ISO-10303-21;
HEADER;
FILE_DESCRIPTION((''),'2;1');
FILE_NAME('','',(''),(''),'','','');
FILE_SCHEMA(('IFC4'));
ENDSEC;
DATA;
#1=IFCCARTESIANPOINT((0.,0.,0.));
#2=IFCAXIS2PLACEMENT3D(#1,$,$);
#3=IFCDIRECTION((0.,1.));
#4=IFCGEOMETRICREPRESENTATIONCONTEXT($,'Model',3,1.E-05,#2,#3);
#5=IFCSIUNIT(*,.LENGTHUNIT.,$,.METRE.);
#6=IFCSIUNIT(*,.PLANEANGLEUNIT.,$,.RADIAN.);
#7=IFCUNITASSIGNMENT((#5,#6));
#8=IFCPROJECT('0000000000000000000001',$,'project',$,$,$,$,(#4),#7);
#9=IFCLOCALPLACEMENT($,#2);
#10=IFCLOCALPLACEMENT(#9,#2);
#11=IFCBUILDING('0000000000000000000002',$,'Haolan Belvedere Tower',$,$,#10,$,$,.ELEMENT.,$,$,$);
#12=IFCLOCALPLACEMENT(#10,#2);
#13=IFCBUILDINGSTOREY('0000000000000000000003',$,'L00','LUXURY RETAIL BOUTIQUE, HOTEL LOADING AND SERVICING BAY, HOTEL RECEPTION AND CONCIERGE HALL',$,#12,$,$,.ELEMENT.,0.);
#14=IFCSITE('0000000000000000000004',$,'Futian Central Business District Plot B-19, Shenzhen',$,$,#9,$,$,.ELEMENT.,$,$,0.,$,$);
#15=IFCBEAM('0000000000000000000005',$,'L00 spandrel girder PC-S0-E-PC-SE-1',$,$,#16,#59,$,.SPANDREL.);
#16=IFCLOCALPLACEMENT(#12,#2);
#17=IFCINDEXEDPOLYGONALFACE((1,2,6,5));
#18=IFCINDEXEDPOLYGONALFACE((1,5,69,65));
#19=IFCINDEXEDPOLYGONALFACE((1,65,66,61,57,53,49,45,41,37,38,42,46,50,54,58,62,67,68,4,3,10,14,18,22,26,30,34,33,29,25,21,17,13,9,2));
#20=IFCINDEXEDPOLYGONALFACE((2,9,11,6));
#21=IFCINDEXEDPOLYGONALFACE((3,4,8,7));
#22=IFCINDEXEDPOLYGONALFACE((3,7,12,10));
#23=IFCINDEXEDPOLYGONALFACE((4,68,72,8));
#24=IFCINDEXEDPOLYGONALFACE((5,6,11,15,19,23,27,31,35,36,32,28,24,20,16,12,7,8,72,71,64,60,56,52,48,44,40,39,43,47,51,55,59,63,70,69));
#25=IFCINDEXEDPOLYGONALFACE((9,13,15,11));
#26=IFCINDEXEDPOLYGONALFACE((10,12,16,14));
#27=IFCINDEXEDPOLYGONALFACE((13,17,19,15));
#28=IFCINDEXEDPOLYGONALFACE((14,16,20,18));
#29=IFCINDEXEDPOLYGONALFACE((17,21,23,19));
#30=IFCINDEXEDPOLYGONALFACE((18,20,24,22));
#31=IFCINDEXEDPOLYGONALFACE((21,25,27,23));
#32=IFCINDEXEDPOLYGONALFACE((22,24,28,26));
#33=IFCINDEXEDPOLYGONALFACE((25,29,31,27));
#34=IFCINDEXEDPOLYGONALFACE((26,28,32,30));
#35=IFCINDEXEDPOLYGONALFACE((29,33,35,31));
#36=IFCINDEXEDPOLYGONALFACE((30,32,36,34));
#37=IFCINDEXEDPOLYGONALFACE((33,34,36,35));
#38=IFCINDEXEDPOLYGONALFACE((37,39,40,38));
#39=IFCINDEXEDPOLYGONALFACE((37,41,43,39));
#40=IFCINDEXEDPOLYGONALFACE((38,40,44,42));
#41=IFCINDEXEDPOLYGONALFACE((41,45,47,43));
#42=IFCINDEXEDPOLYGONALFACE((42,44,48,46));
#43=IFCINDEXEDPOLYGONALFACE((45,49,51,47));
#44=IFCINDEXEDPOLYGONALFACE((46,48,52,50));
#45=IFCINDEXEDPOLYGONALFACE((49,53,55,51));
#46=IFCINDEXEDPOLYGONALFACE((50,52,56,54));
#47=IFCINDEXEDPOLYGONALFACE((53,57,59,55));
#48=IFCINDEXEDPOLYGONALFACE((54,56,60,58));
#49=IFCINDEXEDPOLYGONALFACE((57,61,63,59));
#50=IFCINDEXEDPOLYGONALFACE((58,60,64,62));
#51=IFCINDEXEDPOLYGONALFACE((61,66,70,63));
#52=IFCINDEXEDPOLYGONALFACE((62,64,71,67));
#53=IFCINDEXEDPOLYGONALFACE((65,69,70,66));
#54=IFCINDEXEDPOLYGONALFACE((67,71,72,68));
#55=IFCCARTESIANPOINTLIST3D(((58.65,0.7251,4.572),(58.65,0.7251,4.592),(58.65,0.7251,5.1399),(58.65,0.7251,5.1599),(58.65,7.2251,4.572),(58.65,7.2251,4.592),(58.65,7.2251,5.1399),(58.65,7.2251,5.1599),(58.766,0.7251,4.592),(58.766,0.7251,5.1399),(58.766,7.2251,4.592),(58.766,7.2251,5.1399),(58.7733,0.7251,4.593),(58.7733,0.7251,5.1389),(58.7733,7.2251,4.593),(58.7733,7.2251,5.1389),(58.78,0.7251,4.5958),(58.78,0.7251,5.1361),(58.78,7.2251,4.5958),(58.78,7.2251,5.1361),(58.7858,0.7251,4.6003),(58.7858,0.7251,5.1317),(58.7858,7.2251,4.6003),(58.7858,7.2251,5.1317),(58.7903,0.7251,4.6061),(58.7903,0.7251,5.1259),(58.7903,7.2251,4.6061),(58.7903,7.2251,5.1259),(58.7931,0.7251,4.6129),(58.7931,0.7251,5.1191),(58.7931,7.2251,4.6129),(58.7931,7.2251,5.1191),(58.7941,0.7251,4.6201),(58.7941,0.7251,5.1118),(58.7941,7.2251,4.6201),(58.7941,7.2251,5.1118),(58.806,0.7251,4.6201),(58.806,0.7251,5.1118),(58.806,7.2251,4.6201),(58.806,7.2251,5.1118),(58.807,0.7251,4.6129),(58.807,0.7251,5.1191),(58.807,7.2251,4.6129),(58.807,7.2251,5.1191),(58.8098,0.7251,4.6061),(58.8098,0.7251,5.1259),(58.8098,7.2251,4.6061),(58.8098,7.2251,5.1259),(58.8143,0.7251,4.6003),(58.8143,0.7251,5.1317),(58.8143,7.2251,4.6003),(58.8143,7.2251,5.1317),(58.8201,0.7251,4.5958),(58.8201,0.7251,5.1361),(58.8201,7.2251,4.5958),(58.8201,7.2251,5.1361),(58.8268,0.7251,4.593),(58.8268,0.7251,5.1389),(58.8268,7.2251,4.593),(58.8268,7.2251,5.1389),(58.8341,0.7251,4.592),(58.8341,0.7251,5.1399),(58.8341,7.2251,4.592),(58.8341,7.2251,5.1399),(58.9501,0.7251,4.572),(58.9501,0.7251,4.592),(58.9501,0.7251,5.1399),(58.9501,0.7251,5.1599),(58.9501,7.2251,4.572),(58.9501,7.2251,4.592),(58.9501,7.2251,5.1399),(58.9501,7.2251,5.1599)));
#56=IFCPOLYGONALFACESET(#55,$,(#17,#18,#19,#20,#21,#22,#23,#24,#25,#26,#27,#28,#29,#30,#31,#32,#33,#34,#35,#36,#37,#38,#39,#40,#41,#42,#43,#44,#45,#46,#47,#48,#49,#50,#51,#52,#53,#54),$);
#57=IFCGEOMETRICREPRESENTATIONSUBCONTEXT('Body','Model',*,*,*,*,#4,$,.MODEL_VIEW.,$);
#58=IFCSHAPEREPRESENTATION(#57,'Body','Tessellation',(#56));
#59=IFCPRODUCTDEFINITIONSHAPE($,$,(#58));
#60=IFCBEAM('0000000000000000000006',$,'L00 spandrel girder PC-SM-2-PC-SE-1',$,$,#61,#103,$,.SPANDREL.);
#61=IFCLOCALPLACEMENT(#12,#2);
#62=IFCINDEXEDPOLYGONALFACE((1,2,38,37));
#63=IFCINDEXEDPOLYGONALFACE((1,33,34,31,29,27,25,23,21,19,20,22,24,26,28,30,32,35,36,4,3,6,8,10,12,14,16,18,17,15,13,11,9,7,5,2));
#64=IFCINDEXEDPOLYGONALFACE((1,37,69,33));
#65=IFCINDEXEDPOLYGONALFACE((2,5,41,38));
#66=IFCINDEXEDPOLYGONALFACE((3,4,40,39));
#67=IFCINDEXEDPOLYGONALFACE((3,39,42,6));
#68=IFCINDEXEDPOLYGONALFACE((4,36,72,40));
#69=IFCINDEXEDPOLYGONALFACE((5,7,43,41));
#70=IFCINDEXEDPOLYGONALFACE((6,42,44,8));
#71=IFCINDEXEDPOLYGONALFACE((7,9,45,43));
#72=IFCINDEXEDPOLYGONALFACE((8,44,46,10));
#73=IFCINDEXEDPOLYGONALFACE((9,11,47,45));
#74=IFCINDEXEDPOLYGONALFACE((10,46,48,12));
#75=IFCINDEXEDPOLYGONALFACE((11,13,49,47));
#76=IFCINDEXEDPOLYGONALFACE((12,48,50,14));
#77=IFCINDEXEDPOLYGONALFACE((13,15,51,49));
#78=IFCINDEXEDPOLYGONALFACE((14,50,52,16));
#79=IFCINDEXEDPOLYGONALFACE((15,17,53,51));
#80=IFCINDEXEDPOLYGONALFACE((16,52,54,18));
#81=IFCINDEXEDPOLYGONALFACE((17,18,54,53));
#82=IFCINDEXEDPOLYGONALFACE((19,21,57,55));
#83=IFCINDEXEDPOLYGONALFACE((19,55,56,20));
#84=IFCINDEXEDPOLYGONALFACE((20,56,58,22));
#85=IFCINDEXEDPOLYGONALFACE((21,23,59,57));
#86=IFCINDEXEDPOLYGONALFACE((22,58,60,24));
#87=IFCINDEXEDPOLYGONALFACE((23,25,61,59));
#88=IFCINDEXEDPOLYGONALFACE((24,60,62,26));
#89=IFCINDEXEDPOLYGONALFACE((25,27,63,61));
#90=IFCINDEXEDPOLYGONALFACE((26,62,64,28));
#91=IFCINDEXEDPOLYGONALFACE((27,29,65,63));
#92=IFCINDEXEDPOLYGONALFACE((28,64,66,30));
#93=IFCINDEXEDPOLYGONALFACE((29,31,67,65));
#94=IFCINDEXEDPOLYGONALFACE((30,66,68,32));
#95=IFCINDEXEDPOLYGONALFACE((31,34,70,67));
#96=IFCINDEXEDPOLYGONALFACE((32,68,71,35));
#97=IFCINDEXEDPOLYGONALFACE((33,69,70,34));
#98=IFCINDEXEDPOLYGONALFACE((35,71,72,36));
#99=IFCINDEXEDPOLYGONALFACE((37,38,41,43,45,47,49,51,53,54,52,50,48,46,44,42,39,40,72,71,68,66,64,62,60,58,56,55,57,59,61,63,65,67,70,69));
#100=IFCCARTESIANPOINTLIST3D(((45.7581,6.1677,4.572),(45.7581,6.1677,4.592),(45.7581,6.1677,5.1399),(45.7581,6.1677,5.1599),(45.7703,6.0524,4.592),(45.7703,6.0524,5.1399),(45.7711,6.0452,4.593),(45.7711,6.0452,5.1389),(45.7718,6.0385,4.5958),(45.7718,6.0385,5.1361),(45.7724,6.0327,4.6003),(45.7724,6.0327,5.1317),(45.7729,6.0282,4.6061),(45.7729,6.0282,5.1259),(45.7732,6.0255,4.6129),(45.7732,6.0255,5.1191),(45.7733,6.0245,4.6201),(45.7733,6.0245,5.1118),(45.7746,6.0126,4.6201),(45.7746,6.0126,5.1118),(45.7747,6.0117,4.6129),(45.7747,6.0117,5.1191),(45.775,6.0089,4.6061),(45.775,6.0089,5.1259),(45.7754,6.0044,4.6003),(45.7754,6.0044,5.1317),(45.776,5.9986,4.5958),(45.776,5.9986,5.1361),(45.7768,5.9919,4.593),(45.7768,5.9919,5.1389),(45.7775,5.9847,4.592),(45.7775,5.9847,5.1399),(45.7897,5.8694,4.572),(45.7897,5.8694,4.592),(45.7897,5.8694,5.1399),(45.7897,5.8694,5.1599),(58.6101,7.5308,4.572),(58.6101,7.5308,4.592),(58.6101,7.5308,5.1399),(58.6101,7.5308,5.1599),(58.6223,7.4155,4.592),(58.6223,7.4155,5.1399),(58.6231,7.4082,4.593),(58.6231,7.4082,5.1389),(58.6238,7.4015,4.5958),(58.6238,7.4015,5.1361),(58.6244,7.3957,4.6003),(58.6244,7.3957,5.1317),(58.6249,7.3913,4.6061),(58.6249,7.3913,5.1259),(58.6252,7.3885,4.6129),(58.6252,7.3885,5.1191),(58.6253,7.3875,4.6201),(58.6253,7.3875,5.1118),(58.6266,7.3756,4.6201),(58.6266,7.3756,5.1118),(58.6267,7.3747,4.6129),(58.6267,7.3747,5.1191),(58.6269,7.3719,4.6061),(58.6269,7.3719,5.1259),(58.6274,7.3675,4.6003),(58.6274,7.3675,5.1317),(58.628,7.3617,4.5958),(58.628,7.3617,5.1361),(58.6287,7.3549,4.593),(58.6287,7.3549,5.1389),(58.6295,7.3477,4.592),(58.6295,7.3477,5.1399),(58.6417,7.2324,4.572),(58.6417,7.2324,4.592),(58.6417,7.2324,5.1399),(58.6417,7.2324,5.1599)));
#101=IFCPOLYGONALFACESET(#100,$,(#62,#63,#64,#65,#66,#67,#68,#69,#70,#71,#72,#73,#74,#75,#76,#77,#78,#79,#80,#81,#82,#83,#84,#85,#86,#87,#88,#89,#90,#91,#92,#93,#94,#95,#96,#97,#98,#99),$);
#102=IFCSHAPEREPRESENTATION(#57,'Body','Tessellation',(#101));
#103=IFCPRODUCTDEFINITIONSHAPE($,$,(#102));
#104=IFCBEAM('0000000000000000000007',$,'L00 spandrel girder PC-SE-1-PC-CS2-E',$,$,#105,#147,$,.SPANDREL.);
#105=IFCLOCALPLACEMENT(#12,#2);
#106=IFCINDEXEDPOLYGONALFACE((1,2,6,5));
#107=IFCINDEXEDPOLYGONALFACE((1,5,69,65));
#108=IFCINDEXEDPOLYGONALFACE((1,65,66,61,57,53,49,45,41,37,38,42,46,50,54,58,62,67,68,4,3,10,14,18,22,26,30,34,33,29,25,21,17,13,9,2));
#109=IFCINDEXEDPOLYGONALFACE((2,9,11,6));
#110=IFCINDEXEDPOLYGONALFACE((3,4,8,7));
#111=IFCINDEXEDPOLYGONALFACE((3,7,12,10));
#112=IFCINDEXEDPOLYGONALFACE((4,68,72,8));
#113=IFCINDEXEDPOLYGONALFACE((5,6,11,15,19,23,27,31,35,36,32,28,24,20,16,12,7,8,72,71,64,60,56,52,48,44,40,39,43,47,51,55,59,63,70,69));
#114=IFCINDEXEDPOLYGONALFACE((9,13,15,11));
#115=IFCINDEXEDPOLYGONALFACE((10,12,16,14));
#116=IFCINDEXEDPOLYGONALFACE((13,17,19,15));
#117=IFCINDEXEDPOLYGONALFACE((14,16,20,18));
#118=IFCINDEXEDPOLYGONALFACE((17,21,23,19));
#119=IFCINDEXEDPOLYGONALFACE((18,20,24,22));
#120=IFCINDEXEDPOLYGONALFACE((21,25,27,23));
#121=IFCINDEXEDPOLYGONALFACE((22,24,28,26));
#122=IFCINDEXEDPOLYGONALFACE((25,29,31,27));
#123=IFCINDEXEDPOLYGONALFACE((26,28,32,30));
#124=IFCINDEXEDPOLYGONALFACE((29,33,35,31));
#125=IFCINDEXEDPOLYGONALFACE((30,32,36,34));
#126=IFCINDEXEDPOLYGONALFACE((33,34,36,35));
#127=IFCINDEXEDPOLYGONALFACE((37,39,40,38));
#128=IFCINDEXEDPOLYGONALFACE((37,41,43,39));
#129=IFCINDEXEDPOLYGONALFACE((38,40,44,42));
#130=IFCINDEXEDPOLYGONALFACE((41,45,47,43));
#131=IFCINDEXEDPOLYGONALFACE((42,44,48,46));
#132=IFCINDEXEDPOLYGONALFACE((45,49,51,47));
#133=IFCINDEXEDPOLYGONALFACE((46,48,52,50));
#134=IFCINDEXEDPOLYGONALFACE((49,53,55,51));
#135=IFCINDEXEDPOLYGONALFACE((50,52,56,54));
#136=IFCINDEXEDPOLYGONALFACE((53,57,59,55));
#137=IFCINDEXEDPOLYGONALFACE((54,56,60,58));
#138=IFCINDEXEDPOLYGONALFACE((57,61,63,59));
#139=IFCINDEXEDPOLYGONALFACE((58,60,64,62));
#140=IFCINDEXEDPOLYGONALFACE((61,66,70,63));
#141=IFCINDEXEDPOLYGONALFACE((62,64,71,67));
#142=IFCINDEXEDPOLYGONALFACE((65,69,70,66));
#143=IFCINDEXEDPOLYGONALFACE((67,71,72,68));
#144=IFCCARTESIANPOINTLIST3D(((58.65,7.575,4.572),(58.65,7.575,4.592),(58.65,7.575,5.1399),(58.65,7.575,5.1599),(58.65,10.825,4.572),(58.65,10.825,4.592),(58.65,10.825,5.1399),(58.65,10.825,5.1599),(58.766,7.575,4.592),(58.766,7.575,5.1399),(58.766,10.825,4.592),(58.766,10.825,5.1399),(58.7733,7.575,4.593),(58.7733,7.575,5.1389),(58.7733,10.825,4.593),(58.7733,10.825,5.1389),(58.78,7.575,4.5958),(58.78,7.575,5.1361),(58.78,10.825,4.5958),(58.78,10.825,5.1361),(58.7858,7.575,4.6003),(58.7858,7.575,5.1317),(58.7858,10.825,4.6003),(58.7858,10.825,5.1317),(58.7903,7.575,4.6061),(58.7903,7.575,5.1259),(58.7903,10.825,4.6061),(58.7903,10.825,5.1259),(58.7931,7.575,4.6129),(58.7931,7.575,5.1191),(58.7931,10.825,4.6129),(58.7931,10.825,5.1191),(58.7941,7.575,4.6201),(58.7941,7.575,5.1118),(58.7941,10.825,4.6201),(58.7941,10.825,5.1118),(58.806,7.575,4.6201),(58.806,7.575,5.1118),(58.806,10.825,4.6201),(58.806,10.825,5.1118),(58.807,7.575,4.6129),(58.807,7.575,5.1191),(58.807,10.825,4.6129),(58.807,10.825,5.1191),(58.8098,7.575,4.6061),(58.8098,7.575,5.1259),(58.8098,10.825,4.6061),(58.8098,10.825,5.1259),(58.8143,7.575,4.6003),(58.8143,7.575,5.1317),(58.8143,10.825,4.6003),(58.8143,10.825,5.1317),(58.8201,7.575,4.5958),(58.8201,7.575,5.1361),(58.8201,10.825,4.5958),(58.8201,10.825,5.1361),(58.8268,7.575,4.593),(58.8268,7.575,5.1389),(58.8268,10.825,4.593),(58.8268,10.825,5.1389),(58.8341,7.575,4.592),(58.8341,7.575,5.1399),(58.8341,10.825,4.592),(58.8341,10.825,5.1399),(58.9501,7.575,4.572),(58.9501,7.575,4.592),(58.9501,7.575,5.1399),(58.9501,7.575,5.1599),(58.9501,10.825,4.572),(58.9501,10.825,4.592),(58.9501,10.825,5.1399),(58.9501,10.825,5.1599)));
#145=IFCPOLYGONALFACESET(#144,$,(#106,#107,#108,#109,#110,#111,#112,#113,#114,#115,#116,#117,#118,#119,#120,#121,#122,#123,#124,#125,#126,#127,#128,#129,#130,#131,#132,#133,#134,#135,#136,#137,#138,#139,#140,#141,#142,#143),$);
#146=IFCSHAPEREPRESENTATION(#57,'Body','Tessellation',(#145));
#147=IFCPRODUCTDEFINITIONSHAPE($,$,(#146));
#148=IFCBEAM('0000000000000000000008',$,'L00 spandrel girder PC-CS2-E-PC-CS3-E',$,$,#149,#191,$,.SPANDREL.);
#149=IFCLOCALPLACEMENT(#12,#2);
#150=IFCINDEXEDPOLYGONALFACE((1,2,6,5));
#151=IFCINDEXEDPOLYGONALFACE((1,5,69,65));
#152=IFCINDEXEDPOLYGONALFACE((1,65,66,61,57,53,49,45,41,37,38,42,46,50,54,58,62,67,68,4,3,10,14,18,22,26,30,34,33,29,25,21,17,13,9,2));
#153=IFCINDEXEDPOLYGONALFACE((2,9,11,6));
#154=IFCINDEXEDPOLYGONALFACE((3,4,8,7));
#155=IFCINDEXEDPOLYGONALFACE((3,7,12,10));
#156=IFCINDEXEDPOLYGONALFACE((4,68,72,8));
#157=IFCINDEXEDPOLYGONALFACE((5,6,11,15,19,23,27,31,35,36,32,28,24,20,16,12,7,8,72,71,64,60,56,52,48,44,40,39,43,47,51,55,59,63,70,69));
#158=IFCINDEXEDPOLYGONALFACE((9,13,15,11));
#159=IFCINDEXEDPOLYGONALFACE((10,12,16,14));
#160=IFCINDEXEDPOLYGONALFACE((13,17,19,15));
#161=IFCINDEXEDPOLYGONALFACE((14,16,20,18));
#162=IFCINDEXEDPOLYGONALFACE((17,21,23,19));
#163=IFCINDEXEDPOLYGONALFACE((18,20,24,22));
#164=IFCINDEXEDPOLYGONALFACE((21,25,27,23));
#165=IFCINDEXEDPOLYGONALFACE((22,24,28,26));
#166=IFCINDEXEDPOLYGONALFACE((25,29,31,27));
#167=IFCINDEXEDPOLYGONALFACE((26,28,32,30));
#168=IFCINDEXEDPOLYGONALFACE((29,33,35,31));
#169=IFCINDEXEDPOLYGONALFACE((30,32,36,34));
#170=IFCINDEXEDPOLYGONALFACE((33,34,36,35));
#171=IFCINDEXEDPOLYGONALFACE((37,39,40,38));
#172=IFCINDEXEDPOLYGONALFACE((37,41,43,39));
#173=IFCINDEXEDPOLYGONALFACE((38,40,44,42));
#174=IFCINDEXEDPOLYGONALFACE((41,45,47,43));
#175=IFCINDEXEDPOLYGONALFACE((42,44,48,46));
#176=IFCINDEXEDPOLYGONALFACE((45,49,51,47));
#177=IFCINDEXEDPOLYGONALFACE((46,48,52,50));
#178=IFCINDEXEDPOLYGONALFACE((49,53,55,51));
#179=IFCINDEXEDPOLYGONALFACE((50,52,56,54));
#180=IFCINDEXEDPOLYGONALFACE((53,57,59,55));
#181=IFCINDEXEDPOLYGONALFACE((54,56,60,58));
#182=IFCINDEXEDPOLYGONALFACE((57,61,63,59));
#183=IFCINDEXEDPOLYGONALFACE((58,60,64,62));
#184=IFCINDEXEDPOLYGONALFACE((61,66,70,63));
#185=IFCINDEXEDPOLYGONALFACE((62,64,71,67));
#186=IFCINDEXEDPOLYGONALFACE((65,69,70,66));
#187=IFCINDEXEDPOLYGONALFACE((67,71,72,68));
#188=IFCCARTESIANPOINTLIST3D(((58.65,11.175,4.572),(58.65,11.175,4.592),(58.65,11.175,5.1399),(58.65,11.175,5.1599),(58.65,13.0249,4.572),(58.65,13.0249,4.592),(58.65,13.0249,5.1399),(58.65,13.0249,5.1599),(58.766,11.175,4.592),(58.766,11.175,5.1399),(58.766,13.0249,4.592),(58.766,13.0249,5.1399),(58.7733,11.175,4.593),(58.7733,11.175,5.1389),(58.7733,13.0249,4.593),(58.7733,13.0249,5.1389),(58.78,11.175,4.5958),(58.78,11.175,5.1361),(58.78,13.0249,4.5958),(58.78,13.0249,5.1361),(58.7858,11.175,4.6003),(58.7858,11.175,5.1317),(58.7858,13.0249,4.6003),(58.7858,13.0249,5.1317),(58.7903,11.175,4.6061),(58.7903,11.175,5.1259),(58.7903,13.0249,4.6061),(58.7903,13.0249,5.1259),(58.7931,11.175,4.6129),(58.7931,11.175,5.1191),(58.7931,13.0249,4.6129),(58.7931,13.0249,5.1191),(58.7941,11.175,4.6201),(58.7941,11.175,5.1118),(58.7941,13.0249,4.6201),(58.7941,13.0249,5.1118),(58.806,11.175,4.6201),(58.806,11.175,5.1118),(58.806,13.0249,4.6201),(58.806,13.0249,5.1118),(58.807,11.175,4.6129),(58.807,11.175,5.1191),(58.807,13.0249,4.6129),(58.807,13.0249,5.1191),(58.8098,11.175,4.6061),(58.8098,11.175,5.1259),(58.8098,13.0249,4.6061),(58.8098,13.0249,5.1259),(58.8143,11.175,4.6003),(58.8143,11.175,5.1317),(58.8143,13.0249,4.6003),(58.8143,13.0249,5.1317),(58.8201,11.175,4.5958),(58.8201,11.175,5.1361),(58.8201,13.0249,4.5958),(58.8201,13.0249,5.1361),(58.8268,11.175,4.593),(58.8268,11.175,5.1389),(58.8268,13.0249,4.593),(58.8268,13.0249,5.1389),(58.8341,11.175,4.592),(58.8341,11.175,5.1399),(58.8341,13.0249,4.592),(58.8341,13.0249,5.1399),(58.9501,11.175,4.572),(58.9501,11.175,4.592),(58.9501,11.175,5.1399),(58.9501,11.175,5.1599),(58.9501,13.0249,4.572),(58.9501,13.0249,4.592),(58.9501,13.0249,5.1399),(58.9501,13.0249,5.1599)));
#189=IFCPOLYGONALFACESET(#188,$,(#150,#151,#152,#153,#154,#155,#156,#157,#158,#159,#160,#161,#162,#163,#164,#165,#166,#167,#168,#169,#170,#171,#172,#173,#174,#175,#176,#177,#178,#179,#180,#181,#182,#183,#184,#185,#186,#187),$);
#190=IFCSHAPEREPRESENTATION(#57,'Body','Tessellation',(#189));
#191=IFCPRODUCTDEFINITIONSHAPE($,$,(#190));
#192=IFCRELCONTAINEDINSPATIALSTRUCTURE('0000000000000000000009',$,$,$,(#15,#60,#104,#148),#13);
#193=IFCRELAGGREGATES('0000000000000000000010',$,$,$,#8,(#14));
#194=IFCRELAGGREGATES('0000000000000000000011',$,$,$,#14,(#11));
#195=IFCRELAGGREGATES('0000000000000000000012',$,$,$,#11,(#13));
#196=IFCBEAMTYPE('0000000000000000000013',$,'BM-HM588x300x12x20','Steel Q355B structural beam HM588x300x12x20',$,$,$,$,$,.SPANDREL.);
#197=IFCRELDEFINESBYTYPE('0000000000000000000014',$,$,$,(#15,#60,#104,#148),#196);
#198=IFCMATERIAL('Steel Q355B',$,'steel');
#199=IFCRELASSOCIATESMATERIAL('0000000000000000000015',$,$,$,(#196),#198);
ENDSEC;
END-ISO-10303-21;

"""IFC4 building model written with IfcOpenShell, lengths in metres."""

from ifc_helpers import new_model, si_unit, direction, frame, origin, origin_2d, place, context, subcontext, project, spatial, i_section, extrude, material, material_profile, profile_set, type_object, element, save


model = new_model("IFC4")

# Units and contexts
model_context = context("Model", 3, precision=1e-05, world=origin(), true_north=direction((0.0, 1.0)))
body_context = subcontext(model_context, "Body", "Model", "MODEL_VIEW")
ifc_project = project(units=[si_unit("LENGTHUNIT", "METRE"), si_unit("PLANEANGLEUNIT", "RADIAN")], contexts=[model_context])

# Site, building, storey
site_placement = place(None, origin())
site = spatial("IfcSite", under=ifc_project, at=site_placement, Name="Futian Central Business District Plot B-19, Shenzhen", CompositionType="ELEMENT", RefElevation=0.0)
building_placement = place(site_placement, origin())
building = spatial("IfcBuilding", under=site, at=building_placement, Name="Haolan Belvedere Tower", CompositionType="ELEMENT")
storey_placement = place(building_placement, origin())
storey = spatial("IfcBuildingStorey", under=building, at=storey_placement, Name="L00", Description="LUXURY RETAIL BOUTIQUE, HOTEL LOADING AND SERVICING BAY, HOTEL RECEPTION AND CONCIERGE HALL", CompositionType="ELEMENT", Elevation=0.0)

# Shared definitions
ifc_material_1 = material(Name="Steel Q355B", Category="steel")

# Beams
ifc_material_profile_1 = material_profile(ifc_material_1, i_section(OverallWidth=0.3, OverallDepth=0.5879, WebThickness=0.012, FlangeThickness=0.02, FilletRadius=0.0281, at=origin_2d()), Name="Steel Q355B")
ifc_profile_set_1 = profile_set([ifc_material_profile_1], Name="Steel Q355B")
beam_type_1 = type_object("IfcBeamType", Name="BM-HM588x300x12x20", Description="Steel Q355B structural beam HM588x300x12x20", PredefinedType="SPANDREL", material=ifc_profile_set_1)
beam_1_placement = place(storey_placement, frame((58.8, 0.7251, 4.866), z_axis=(0.0, 1.0, 0.0), x_axis=(-1.0, 0.0, 0.0)))
element("IfcBeam", 1, at=beam_1_placement, inside=storey, type_object=beam_type_1, Name="L00 spandrel girder PC-S0-E-PC-SE-1", PredefinedType="SPANDREL", context=body_context, shape_type="SweptSolid", body=[
    extrude(i_section(OverallWidth=0.3, OverallDepth=0.5879, WebThickness=0.012, FlangeThickness=0.02, FilletRadius=0.0281, at=origin_2d()), origin(), (0.0, 0.0, 1.0), 6.5),
])
beam_2_placement = place(storey_placement, frame((45.7739, 6.0186, 4.866), z_axis=(0.994423, 0.105465, 0.0), x_axis=(-0.105465, 0.994423, 0.0)))
element("IfcBeam", 2, at=beam_2_placement, inside=storey, type_object=beam_type_1, Name="L00 spandrel girder PC-SM-2-PC-SE-1", PredefinedType="SPANDREL", context=body_context, shape_type="SweptSolid", body=[
    extrude(i_section(OverallWidth=0.3, OverallDepth=0.5879, WebThickness=0.012, FlangeThickness=0.02, FilletRadius=0.0281, at=origin_2d()), origin(), (0.0, 0.0, 1.0), 12.9241),
])
beam_3_placement = place(storey_placement, frame((58.8, 7.575, 4.866), z_axis=(0.0, 1.0, 0.0), x_axis=(-1.0, 0.0, 0.0)))
element("IfcBeam", 3, at=beam_3_placement, inside=storey, type_object=beam_type_1, Name="L00 spandrel girder PC-SE-1-PC-CS2-E", PredefinedType="SPANDREL", context=body_context, shape_type="SweptSolid", body=[
    extrude(i_section(OverallWidth=0.3, OverallDepth=0.5879, WebThickness=0.012, FlangeThickness=0.02, FilletRadius=0.0281, at=origin_2d()), origin(), (0.0, 0.0, 1.0), 3.25),
])
beam_4_placement = place(storey_placement, frame((58.8, 11.175, 4.866), z_axis=(0.0, 1.0, 0.0), x_axis=(-1.0, 0.0, 0.0)))
element("IfcBeam", 4, at=beam_4_placement, inside=storey, type_object=beam_type_1, Name="L00 spandrel girder PC-CS2-E-PC-CS3-E", PredefinedType="SPANDREL", context=body_context, shape_type="SweptSolid", body=[
    extrude(i_section(OverallWidth=0.3, OverallDepth=0.5879, WebThickness=0.012, FlangeThickness=0.02, FilletRadius=0.0281, at=origin_2d()), origin(), (0.0, 0.0, 1.0), 1.8499),
])

save(model, "model.ifc")
